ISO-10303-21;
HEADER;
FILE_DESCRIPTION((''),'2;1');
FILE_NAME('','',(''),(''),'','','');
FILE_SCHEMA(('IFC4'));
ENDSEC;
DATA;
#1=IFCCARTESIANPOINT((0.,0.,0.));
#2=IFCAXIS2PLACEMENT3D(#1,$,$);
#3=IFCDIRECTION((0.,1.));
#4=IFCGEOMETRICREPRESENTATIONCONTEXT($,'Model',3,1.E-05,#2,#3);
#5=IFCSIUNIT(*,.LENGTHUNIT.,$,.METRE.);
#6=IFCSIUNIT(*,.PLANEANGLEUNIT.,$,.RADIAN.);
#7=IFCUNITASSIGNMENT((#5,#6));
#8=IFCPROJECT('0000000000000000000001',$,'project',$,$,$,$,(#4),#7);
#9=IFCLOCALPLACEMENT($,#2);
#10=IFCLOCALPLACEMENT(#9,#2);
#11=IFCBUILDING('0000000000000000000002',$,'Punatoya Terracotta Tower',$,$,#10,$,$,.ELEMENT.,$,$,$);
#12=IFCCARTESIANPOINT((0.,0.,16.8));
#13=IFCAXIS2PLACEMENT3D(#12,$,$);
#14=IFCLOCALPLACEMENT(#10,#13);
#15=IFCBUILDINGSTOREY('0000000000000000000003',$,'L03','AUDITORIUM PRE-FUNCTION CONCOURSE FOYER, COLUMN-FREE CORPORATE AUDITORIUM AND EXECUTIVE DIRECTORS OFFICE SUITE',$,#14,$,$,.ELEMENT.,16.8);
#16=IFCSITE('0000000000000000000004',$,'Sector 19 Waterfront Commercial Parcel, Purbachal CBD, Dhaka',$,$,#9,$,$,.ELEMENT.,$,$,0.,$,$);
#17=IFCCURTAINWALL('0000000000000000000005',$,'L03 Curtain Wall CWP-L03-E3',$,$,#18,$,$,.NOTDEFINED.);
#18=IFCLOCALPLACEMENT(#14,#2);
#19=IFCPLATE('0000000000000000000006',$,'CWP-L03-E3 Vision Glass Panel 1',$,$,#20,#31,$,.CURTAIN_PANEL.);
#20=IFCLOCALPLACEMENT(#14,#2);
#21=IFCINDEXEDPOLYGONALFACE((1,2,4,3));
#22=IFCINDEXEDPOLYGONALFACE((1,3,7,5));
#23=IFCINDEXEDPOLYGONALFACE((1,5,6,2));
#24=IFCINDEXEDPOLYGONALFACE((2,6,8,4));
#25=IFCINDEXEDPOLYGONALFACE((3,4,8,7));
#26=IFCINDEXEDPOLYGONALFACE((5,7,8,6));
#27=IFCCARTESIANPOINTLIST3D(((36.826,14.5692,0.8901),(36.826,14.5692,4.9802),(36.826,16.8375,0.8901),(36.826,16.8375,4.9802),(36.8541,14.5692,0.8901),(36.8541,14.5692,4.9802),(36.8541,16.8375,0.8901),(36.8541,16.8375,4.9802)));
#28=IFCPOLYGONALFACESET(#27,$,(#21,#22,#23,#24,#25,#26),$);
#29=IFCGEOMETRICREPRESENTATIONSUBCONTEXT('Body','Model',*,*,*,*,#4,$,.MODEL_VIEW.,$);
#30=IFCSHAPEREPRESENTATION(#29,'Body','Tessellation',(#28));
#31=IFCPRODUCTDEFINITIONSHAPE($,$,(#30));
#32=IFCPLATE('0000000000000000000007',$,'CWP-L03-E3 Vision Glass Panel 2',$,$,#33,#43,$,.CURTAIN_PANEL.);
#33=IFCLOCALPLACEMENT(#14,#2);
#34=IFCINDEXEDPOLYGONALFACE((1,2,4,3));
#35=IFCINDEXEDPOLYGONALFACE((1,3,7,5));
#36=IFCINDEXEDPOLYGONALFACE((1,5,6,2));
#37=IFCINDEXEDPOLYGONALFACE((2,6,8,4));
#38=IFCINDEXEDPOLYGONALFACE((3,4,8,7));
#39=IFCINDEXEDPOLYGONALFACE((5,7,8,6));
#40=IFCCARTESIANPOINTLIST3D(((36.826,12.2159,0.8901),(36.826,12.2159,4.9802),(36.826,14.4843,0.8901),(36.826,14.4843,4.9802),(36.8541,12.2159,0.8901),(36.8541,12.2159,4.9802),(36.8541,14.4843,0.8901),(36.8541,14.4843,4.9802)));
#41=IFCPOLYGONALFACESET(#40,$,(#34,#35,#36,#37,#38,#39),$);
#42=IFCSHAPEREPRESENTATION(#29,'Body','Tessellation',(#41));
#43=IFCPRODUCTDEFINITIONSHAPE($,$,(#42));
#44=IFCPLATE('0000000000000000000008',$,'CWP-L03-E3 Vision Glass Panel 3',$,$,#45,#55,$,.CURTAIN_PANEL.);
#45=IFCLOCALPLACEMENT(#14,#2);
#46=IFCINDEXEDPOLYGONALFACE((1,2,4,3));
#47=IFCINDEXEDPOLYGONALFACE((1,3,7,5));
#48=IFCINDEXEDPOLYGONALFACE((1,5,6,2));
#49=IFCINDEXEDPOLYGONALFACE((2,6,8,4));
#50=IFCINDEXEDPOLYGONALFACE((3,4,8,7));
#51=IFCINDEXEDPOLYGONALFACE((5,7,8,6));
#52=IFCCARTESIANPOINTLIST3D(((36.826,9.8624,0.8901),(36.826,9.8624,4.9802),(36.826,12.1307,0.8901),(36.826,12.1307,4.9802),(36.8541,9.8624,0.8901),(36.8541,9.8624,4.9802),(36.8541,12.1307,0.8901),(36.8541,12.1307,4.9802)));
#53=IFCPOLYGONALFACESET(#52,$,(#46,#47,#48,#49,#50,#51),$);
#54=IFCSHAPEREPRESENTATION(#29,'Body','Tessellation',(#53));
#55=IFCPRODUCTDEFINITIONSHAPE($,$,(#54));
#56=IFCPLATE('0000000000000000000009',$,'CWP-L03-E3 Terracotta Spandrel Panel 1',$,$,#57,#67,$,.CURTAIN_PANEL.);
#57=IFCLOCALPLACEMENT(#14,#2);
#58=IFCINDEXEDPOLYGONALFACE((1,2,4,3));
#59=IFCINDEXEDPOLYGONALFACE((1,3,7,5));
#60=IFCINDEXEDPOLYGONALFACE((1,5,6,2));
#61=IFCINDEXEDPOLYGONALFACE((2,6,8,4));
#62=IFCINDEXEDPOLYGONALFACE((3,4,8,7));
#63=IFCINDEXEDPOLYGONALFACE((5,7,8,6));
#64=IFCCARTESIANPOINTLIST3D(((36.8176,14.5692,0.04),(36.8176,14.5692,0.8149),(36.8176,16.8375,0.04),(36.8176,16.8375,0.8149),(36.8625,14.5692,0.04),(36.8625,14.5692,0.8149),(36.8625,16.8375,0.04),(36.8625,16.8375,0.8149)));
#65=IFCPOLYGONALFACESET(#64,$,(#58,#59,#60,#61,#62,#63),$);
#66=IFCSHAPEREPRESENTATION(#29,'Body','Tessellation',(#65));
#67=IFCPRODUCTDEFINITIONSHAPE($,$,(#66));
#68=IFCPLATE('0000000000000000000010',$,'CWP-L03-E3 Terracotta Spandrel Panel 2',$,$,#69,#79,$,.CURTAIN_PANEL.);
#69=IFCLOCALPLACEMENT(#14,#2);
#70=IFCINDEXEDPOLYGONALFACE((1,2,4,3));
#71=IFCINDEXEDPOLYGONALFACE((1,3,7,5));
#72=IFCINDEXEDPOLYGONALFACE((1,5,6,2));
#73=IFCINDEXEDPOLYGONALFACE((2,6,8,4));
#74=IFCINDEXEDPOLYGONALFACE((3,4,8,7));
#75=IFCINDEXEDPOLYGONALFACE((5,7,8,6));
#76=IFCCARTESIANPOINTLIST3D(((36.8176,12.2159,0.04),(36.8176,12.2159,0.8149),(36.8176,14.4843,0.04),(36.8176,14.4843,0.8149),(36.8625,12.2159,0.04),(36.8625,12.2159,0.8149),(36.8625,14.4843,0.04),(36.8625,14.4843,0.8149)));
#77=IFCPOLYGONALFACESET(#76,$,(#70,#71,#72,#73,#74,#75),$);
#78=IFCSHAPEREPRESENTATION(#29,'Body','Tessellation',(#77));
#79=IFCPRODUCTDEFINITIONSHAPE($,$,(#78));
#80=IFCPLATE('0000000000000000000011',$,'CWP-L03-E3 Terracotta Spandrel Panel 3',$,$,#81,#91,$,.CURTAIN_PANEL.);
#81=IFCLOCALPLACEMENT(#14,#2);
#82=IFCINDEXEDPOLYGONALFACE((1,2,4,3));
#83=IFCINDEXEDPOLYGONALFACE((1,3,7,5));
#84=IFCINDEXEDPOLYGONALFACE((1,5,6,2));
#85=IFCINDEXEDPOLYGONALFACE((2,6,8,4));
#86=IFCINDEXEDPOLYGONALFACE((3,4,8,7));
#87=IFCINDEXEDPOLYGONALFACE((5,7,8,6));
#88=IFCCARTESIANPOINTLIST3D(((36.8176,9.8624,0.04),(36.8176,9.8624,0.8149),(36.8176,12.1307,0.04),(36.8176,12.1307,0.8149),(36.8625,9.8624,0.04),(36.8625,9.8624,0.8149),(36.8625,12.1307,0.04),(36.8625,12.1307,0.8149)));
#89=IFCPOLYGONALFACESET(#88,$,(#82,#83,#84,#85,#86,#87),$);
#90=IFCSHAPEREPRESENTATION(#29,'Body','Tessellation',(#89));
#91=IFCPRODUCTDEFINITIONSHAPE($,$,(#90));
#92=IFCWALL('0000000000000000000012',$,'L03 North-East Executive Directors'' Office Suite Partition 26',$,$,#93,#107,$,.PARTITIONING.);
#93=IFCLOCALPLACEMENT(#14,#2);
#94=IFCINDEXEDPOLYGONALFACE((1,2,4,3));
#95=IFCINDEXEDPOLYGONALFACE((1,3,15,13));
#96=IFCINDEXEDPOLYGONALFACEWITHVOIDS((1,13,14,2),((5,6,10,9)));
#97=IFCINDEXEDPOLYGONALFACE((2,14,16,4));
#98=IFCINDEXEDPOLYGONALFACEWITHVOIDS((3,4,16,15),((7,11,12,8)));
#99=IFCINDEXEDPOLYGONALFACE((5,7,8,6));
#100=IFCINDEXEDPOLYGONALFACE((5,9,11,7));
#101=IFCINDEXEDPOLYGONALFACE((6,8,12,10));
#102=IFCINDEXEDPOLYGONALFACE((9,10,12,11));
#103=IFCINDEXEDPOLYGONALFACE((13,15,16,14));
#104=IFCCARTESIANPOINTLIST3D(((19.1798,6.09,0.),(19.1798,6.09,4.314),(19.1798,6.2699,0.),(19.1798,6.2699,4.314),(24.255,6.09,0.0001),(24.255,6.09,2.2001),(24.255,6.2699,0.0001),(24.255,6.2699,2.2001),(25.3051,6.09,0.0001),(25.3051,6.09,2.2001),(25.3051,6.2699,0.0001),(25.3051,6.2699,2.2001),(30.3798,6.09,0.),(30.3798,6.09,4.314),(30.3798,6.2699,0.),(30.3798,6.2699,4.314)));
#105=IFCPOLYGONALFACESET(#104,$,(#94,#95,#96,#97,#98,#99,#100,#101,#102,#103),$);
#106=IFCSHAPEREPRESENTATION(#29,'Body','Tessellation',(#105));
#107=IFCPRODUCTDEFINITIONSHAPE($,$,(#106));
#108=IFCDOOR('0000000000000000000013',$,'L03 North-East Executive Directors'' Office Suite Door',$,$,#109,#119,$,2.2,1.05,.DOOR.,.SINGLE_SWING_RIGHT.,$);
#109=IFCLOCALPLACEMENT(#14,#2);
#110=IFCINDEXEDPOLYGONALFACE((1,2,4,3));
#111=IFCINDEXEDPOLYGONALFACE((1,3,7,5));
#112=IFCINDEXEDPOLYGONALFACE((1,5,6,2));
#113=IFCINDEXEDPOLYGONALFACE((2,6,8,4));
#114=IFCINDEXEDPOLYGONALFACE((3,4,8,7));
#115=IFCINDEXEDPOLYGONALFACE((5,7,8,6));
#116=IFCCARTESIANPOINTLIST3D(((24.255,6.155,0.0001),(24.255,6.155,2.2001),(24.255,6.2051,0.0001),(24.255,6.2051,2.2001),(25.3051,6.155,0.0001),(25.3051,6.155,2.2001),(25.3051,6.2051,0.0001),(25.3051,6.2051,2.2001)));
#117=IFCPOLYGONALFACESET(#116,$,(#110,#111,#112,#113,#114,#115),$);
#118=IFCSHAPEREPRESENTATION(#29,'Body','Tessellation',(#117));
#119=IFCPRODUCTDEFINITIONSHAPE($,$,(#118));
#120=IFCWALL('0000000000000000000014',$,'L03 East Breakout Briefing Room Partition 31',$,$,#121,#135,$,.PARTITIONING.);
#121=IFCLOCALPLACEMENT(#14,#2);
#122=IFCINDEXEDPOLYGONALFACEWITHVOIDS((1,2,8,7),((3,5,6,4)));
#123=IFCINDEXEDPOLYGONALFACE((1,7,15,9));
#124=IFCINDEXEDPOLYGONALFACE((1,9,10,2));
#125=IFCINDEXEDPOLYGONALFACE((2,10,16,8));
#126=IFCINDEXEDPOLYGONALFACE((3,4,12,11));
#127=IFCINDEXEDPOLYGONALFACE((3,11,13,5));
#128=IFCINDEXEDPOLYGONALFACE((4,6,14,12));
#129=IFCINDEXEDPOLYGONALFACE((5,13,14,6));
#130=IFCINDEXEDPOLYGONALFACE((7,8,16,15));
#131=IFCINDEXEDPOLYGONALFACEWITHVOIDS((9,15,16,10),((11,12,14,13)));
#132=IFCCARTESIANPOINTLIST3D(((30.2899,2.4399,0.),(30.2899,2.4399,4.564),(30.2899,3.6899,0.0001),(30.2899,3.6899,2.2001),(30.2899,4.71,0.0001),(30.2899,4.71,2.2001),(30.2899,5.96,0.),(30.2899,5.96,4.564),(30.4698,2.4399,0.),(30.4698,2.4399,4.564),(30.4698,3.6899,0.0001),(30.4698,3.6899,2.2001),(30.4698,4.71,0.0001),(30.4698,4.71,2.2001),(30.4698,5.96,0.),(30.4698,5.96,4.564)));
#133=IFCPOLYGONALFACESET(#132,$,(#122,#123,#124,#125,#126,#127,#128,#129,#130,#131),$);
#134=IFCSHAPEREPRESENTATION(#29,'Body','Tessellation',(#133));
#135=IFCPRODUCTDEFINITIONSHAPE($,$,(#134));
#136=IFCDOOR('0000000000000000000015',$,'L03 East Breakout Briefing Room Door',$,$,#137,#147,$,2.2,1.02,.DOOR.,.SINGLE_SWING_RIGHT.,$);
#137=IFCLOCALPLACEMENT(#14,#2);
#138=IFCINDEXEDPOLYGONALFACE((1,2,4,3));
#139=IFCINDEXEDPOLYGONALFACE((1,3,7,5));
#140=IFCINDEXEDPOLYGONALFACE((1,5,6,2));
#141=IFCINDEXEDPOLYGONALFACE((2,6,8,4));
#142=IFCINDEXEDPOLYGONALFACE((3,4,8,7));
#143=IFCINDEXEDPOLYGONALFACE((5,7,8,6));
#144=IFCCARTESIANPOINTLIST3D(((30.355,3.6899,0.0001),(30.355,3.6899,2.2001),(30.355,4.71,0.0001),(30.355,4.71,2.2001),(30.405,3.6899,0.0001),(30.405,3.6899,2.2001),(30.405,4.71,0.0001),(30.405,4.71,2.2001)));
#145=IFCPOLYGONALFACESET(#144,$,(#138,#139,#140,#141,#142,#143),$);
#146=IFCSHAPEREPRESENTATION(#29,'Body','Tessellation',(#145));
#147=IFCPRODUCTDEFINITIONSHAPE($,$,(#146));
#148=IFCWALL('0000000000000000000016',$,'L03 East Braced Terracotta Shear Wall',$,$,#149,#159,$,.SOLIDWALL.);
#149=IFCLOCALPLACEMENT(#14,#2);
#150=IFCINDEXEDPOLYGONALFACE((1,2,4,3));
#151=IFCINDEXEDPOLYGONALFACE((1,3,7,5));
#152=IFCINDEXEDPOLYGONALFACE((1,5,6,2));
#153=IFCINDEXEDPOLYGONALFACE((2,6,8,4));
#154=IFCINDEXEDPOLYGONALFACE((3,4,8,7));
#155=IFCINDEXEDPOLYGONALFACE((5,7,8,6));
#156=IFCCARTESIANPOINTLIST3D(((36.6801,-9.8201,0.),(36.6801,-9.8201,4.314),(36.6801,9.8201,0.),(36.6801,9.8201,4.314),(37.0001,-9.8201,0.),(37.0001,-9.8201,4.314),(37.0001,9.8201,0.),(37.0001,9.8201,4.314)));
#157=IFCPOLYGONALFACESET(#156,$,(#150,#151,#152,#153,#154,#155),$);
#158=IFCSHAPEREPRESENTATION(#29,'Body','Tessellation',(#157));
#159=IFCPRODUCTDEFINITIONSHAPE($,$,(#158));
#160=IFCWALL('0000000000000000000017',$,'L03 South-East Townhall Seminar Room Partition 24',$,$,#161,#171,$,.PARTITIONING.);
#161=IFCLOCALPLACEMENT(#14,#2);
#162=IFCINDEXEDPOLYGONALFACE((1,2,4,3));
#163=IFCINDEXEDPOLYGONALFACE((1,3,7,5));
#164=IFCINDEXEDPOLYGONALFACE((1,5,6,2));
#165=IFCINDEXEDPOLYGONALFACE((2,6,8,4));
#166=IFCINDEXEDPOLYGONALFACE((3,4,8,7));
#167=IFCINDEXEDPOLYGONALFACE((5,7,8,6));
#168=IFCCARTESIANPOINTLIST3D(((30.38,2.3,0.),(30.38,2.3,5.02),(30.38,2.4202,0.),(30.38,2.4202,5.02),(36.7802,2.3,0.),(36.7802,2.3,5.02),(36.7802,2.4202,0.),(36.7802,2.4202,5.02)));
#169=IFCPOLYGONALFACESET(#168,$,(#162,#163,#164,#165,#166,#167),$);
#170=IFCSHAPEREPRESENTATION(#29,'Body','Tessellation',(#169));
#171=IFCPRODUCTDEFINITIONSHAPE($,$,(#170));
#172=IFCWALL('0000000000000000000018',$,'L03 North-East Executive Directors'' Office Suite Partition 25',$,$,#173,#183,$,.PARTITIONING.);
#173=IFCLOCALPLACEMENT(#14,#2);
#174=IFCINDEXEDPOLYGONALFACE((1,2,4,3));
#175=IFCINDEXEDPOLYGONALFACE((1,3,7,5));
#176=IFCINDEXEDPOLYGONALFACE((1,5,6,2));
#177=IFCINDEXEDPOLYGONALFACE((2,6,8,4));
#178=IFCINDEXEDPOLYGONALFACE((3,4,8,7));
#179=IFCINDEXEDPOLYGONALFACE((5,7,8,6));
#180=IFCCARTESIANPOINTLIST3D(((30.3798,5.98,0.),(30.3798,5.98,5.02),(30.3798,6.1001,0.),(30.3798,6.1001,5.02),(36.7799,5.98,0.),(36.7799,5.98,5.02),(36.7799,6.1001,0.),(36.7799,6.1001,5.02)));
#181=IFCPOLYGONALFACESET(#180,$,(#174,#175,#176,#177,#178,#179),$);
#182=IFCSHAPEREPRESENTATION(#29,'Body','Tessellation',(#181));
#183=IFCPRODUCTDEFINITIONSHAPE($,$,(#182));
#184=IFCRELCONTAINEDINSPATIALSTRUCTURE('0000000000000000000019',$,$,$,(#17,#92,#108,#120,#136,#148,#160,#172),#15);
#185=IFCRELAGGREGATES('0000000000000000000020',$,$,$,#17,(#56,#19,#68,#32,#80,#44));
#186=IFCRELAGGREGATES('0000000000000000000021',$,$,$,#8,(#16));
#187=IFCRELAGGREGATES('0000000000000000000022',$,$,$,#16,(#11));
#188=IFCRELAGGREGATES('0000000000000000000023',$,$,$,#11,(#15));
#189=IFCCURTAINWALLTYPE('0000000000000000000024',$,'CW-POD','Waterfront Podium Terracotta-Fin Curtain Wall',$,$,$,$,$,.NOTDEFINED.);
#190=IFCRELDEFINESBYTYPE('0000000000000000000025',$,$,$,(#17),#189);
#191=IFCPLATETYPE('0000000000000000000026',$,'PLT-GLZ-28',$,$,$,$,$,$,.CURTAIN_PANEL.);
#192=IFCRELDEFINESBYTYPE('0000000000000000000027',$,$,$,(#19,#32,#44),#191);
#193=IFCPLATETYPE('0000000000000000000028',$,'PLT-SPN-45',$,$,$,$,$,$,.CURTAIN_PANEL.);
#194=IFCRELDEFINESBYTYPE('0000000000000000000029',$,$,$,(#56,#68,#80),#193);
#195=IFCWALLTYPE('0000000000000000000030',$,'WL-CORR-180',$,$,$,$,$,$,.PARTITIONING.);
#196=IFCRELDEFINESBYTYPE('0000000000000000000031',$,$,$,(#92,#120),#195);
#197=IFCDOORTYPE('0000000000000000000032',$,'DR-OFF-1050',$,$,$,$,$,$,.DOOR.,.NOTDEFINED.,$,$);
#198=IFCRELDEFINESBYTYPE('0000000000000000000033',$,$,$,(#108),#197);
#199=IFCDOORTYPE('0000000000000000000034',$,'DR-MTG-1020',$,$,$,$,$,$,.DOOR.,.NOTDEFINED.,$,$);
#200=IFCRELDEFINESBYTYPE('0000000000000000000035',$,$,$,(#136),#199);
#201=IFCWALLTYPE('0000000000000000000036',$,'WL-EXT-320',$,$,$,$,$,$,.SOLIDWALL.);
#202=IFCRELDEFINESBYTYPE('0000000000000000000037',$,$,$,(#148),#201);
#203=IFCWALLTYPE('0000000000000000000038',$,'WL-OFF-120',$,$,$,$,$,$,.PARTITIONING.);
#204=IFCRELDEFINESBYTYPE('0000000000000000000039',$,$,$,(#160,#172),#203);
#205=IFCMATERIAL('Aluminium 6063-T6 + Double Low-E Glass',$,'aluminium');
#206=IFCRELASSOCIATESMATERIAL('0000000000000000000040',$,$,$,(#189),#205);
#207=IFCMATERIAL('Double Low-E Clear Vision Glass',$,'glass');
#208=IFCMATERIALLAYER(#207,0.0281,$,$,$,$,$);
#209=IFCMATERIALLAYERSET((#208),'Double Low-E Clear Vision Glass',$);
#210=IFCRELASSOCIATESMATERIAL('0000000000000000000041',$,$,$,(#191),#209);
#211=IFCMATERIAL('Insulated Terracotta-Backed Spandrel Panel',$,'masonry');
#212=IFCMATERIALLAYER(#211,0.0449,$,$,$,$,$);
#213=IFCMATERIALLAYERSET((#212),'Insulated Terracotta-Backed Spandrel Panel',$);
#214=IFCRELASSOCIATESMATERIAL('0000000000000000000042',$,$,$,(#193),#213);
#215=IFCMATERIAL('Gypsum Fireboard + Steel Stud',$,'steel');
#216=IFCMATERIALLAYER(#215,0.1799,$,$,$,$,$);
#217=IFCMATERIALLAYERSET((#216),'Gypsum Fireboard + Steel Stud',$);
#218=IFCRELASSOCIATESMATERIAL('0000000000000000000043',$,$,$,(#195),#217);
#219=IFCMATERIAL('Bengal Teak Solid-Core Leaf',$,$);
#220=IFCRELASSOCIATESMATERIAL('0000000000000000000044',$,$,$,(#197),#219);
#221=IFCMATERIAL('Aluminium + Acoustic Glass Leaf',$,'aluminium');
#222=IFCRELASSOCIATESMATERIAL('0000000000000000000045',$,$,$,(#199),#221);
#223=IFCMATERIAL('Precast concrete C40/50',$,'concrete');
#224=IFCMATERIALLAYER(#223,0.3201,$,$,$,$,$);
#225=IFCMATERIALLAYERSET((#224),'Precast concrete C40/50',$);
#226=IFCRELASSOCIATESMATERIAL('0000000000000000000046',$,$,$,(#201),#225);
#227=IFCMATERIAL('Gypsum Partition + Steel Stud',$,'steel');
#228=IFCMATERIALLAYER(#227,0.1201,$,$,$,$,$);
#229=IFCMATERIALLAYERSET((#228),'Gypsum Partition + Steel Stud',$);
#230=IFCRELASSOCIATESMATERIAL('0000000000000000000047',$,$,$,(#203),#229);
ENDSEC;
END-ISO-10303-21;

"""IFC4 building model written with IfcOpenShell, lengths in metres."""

from ifc_helpers import new_model, si_unit, direction, frame, frame_2d, origin, origin_2d, place, context, subcontext, project, spatial, rectangle, extrude, material, layer, layer_set, type_object, element, fill, aggregate, save


model = new_model("IFC4")

# Units and contexts
model_context = context("Model", 3, precision=1e-05, world=origin(), true_north=direction((0.0, 1.0)))
body_context = subcontext(model_context, "Body", "Model", "MODEL_VIEW")
ifc_project = project(units=[si_unit("LENGTHUNIT", "METRE"), si_unit("PLANEANGLEUNIT", "RADIAN")], contexts=[model_context])

# Site, building, storey
site_placement = place(None, origin())
site = spatial("IfcSite", under=ifc_project, at=site_placement, Name="Sector 19 Waterfront Commercial Parcel, Purbachal CBD, Dhaka", CompositionType="ELEMENT", RefElevation=0.0)
building_placement = place(site_placement, origin())
building = spatial("IfcBuilding", under=site, at=building_placement, Name="Punatoya Terracotta Tower", CompositionType="ELEMENT")
storey_placement = place(building_placement, frame((0.0, 0.0, 16.8)))
storey = spatial("IfcBuildingStorey", under=building, at=storey_placement, Name="L03", Description="AUDITORIUM PRE-FUNCTION CONCOURSE FOYER, COLUMN-FREE CORPORATE AUDITORIUM AND EXECUTIVE DIRECTORS OFFICE SUITE", CompositionType="ELEMENT", Elevation=16.8)

# Curtain wall
ifc_material_1 = material(Name="Aluminium 6063-T6 + Double Low-E Glass", Category="aluminium")
curtain_wall_type = type_object("IfcCurtainWallType", Name="CW-POD", Description="Waterfront Podium Terracotta-Fin Curtain Wall", PredefinedType="NOTDEFINED", material=ifc_material_1)
curtain_wall_placement = place(storey_placement, origin())
curtain_wall = element("IfcCurtainWall", 1, at=curtain_wall_placement, inside=storey, type_object=curtain_wall_type, Name="L03 Curtain Wall CWP-L03-E3", PredefinedType="NOTDEFINED")

# Plates
ifc_material_2 = material(Name="Double Low-E Clear Vision Glass", Category="glass")
ifc_layer_1 = layer(ifc_material_2, 0.0281)
ifc_layer_set_1 = layer_set([ifc_layer_1], Name="Double Low-E Clear Vision Glass")
plate_type_1 = type_object("IfcPlateType", Name="PLT-GLZ-28", PredefinedType="CURTAIN_PANEL", material=ifc_layer_set_1)
plate_1_placement = place(storey_placement, frame((36.8401, 15.7034, 0.8901), z_axis=(0.0, 0.0, 1.0), x_axis=(0.0, -1.0, 0.0)))
plate_1 = element("IfcPlate", 2, at=plate_1_placement, type_object=plate_type_1, Name="CWP-L03-E3 Vision Glass Panel 1", PredefinedType="CURTAIN_PANEL", context=body_context, shape_type="SweptSolid", body=[
    extrude(rectangle(XDim=2.2683, YDim=0.0281, at=origin_2d()), origin(), (0.0, 0.0, 1.0), 4.0901),
])
plate_2_placement = place(storey_placement, frame((36.8401, 13.3501, 0.8901), z_axis=(0.0, 0.0, 1.0), x_axis=(0.0, -1.0, 0.0)))
plate_2 = element("IfcPlate", 3, at=plate_2_placement, type_object=plate_type_1, Name="CWP-L03-E3 Vision Glass Panel 2", PredefinedType="CURTAIN_PANEL", context=body_context, shape_type="SweptSolid", body=[
    extrude(rectangle(XDim=2.2683, YDim=0.0281, at=origin_2d()), origin(), (0.0, 0.0, 1.0), 4.0901),
])
plate_3_placement = place(storey_placement, frame((36.8401, 10.9966, 0.8901), z_axis=(0.0, 0.0, 1.0), x_axis=(0.0, -1.0, 0.0)))
plate_3 = element("IfcPlate", 4, at=plate_3_placement, type_object=plate_type_1, Name="CWP-L03-E3 Vision Glass Panel 3", PredefinedType="CURTAIN_PANEL", context=body_context, shape_type="SweptSolid", body=[
    extrude(rectangle(XDim=2.2683, YDim=0.0281, at=origin_2d()), origin(), (0.0, 0.0, 1.0), 4.0901),
])
ifc_material_3 = material(Name="Insulated Terracotta-Backed Spandrel Panel", Category="masonry")
ifc_layer_2 = layer(ifc_material_3, 0.0449)
ifc_layer_set_2 = layer_set([ifc_layer_2], Name="Insulated Terracotta-Backed Spandrel Panel")
plate_type_2 = type_object("IfcPlateType", Name="PLT-SPN-45", PredefinedType="CURTAIN_PANEL", material=ifc_layer_set_2)
plate_4_placement = place(storey_placement, frame((36.8401, 15.7034, 0.04), z_axis=(0.0, 0.0, 1.0), x_axis=(0.0, -1.0, 0.0)))
plate_4 = element("IfcPlate", 5, at=plate_4_placement, type_object=plate_type_2, Name="CWP-L03-E3 Terracotta Spandrel Panel 1", PredefinedType="CURTAIN_PANEL", context=body_context, shape_type="SweptSolid", body=[
    extrude(rectangle(XDim=2.2683, YDim=0.0449, at=origin_2d()), origin(), (0.0, 0.0, 1.0), 0.7749),
])
plate_5_placement = place(storey_placement, frame((36.8401, 13.3501, 0.04), z_axis=(0.0, 0.0, 1.0), x_axis=(0.0, -1.0, 0.0)))
plate_5 = element("IfcPlate", 6, at=plate_5_placement, type_object=plate_type_2, Name="CWP-L03-E3 Terracotta Spandrel Panel 2", PredefinedType="CURTAIN_PANEL", context=body_context, shape_type="SweptSolid", body=[
    extrude(rectangle(XDim=2.2683, YDim=0.0449, at=origin_2d()), origin(), (0.0, 0.0, 1.0), 0.7749),
])
plate_6_placement = place(storey_placement, frame((36.8401, 10.9966, 0.04), z_axis=(0.0, 0.0, 1.0), x_axis=(0.0, -1.0, 0.0)))
plate_6 = element("IfcPlate", 7, at=plate_6_placement, type_object=plate_type_2, Name="CWP-L03-E3 Terracotta Spandrel Panel 3", PredefinedType="CURTAIN_PANEL", context=body_context, shape_type="SweptSolid", body=[
    extrude(rectangle(XDim=2.2683, YDim=0.0449, at=origin_2d()), origin(), (0.0, 0.0, 1.0), 0.7749),
])
aggregate(curtain_wall, [plate_4, plate_1, plate_5, plate_2, plate_6, plate_3])

# Walls, openings, doors
ifc_material_4 = material(Name="Gypsum Fireboard + Steel Stud", Category="steel")
ifc_layer_3 = layer(ifc_material_4, 0.1799)
ifc_layer_set_3 = layer_set([ifc_layer_3], Name="Gypsum Fireboard + Steel Stud")
wall_type_1 = type_object("IfcWallType", Name="WL-CORR-180", PredefinedType="PARTITIONING", material=ifc_layer_set_3)
wall_1_placement = place(storey_placement, frame((30.3799, 6.1799, 0.0), z_axis=(0.0, 0.0, 1.0), x_axis=(-1.0, 0.0, 0.0)))
wall_1 = element("IfcWall", 8, at=wall_1_placement, inside=storey, type_object=wall_type_1, Name="L03 North-East Executive Directors' Office Suite Partition 26", PredefinedType="PARTITIONING", context=body_context, shape_type="SweptSolid", body=[
    extrude(rectangle(XDim=11.2, YDim=0.1799, at=frame_2d((5.6001, 0.0))), origin(), (0.0, 0.0, 1.0), 4.314),
])
opening_1_placement = place(wall_1_placement, frame((5.075, 0.0, 0.0)))
opening_1 = element("IfcOpeningElement", 9, at=opening_1_placement, cuts=wall_1, PredefinedType="OPENING", context=body_context, shape_type="SweptSolid", body=[
    extrude(rectangle(XDim=1.05, YDim=2.2, at=frame_2d((0.5249, 1.1001))), frame((0.0, 0.0999, 0.0), z_axis=(0.0, -1.0, 0.0), x_axis=(1.0, 0.0, 0.0)), (0.0, 0.0, 1.0), 0.2),
])
ifc_material_5 = material(Name="Bengal Teak Solid-Core Leaf")
door_type_1 = type_object("IfcDoorType", Name="DR-OFF-1050", OperationType="NOTDEFINED", PredefinedType="DOOR", material=ifc_material_5)
door_1_placement = place(opening_1_placement, origin())
door_1 = element("IfcDoor", 10, at=door_1_placement, inside=storey, type_object=door_type_1, Name="L03 North-East Executive Directors' Office Suite Door", OperationType="SINGLE_SWING_RIGHT", OverallHeight=2.2, OverallWidth=1.05, PredefinedType="DOOR", context=body_context, shape_type="SweptSolid", body=[
    extrude(rectangle(XDim=1.05, YDim=2.2, at=frame_2d((0.5249, 1.1001))), frame((0.0, 0.0249, 0.0), z_axis=(0.0, -1.0, 0.0), x_axis=(1.0, 0.0, 0.0)), (0.0, 0.0, 1.0), 0.05),
])
fill(opening_1, door_1)
wall_2_placement = place(storey_placement, frame((30.3799, 2.4399, 0.0), z_axis=(0.0, 0.0, 1.0), x_axis=(0.0, 1.0, 0.0)))
wall_2 = element("IfcWall", 11, at=wall_2_placement, inside=storey, type_object=wall_type_1, Name="L03 East Breakout Briefing Room Partition 31", PredefinedType="PARTITIONING", context=body_context, shape_type="SweptSolid", body=[
    extrude(rectangle(XDim=3.52, YDim=0.1799, at=frame_2d((1.76, 0.0))), origin(), (0.0, 0.0, 1.0), 4.564),
])
opening_2_placement = place(wall_2_placement, frame((1.25, 0.0, 0.0)))
opening_2 = element("IfcOpeningElement", 12, at=opening_2_placement, cuts=wall_2, PredefinedType="OPENING", context=body_context, shape_type="SweptSolid", body=[
    extrude(rectangle(XDim=1.02, YDim=2.2, at=frame_2d((0.51, 1.1001))), frame((0.0, 0.0999, 0.0), z_axis=(0.0, -1.0, 0.0), x_axis=(1.0, 0.0, 0.0)), (0.0, 0.0, 1.0), 0.2),
])
ifc_material_6 = material(Name="Aluminium + Acoustic Glass Leaf", Category="aluminium")
door_type_2 = type_object("IfcDoorType", Name="DR-MTG-1020", OperationType="NOTDEFINED", PredefinedType="DOOR", material=ifc_material_6)
door_2_placement = place(opening_2_placement, origin())
door_2 = element("IfcDoor", 13, at=door_2_placement, inside=storey, type_object=door_type_2, Name="L03 East Breakout Briefing Room Door", OperationType="SINGLE_SWING_RIGHT", OverallHeight=2.2, OverallWidth=1.02, PredefinedType="DOOR", context=body_context, shape_type="SweptSolid", body=[
    extrude(rectangle(XDim=1.02, YDim=2.2, at=frame_2d((0.51, 1.1001))), frame((0.0, 0.0249, 0.0), z_axis=(0.0, -1.0, 0.0), x_axis=(1.0, 0.0, 0.0)), (0.0, 0.0, 1.0), 0.05),
])
fill(opening_2, door_2)

# Walls
ifc_material_7 = material(Name="Precast concrete C40/50", Category="concrete")
ifc_layer_4 = layer(ifc_material_7, 0.3201)
ifc_layer_set_4 = layer_set([ifc_layer_4], Name="Precast concrete C40/50")
wall_type_2 = type_object("IfcWallType", Name="WL-EXT-320", PredefinedType="SOLIDWALL", material=ifc_layer_set_4)
wall_3_placement = place(storey_placement, frame((36.8401, 9.8201, 0.0), z_axis=(0.0, 0.0, 1.0), x_axis=(0.0, -1.0, 0.0)))
element("IfcWall", 14, at=wall_3_placement, inside=storey, type_object=wall_type_2, Name="L03 East Braced Terracotta Shear Wall", PredefinedType="SOLIDWALL", context=body_context, shape_type="SweptSolid", body=[
    extrude(rectangle(XDim=19.6401, YDim=0.3201, at=frame_2d((9.8201, 0.0))), origin(), (0.0, 0.0, 1.0), 4.314),
])
ifc_material_8 = material(Name="Gypsum Partition + Steel Stud", Category="steel")
ifc_layer_5 = layer(ifc_material_8, 0.1201)
ifc_layer_set_5 = layer_set([ifc_layer_5], Name="Gypsum Partition + Steel Stud")
wall_type_3 = type_object("IfcWallType", Name="WL-OFF-120", PredefinedType="PARTITIONING", material=ifc_layer_set_5)
for number, where, z_axis, x_axis, name in (
    (15, (30.3799, 2.3601, 0.0), (0.0, 0.0, 1.0), (1.0, 0.0, 0.0), "L03 South-East Townhall Seminar Room Partition 24"),
    (16, (36.78, 6.04, 0.0), (0.0, 0.0, 1.0), (-1.0, 0.0, 0.0), "L03 North-East Executive Directors' Office Suite Partition 25"),
):
    element("IfcWall", number, at=place(storey_placement, frame(where, z_axis=z_axis, x_axis=x_axis)), inside=storey, type_object=wall_type_3, Name=name, PredefinedType="PARTITIONING", context=body_context, shape_type="SweptSolid", body=[
        extrude(rectangle(XDim=6.4001, YDim=0.1201, at=frame_2d((3.2002, 0.0))), origin(), (0.0, 0.0, 1.0), 5.02),
    ])

save(model, "model.ifc")
